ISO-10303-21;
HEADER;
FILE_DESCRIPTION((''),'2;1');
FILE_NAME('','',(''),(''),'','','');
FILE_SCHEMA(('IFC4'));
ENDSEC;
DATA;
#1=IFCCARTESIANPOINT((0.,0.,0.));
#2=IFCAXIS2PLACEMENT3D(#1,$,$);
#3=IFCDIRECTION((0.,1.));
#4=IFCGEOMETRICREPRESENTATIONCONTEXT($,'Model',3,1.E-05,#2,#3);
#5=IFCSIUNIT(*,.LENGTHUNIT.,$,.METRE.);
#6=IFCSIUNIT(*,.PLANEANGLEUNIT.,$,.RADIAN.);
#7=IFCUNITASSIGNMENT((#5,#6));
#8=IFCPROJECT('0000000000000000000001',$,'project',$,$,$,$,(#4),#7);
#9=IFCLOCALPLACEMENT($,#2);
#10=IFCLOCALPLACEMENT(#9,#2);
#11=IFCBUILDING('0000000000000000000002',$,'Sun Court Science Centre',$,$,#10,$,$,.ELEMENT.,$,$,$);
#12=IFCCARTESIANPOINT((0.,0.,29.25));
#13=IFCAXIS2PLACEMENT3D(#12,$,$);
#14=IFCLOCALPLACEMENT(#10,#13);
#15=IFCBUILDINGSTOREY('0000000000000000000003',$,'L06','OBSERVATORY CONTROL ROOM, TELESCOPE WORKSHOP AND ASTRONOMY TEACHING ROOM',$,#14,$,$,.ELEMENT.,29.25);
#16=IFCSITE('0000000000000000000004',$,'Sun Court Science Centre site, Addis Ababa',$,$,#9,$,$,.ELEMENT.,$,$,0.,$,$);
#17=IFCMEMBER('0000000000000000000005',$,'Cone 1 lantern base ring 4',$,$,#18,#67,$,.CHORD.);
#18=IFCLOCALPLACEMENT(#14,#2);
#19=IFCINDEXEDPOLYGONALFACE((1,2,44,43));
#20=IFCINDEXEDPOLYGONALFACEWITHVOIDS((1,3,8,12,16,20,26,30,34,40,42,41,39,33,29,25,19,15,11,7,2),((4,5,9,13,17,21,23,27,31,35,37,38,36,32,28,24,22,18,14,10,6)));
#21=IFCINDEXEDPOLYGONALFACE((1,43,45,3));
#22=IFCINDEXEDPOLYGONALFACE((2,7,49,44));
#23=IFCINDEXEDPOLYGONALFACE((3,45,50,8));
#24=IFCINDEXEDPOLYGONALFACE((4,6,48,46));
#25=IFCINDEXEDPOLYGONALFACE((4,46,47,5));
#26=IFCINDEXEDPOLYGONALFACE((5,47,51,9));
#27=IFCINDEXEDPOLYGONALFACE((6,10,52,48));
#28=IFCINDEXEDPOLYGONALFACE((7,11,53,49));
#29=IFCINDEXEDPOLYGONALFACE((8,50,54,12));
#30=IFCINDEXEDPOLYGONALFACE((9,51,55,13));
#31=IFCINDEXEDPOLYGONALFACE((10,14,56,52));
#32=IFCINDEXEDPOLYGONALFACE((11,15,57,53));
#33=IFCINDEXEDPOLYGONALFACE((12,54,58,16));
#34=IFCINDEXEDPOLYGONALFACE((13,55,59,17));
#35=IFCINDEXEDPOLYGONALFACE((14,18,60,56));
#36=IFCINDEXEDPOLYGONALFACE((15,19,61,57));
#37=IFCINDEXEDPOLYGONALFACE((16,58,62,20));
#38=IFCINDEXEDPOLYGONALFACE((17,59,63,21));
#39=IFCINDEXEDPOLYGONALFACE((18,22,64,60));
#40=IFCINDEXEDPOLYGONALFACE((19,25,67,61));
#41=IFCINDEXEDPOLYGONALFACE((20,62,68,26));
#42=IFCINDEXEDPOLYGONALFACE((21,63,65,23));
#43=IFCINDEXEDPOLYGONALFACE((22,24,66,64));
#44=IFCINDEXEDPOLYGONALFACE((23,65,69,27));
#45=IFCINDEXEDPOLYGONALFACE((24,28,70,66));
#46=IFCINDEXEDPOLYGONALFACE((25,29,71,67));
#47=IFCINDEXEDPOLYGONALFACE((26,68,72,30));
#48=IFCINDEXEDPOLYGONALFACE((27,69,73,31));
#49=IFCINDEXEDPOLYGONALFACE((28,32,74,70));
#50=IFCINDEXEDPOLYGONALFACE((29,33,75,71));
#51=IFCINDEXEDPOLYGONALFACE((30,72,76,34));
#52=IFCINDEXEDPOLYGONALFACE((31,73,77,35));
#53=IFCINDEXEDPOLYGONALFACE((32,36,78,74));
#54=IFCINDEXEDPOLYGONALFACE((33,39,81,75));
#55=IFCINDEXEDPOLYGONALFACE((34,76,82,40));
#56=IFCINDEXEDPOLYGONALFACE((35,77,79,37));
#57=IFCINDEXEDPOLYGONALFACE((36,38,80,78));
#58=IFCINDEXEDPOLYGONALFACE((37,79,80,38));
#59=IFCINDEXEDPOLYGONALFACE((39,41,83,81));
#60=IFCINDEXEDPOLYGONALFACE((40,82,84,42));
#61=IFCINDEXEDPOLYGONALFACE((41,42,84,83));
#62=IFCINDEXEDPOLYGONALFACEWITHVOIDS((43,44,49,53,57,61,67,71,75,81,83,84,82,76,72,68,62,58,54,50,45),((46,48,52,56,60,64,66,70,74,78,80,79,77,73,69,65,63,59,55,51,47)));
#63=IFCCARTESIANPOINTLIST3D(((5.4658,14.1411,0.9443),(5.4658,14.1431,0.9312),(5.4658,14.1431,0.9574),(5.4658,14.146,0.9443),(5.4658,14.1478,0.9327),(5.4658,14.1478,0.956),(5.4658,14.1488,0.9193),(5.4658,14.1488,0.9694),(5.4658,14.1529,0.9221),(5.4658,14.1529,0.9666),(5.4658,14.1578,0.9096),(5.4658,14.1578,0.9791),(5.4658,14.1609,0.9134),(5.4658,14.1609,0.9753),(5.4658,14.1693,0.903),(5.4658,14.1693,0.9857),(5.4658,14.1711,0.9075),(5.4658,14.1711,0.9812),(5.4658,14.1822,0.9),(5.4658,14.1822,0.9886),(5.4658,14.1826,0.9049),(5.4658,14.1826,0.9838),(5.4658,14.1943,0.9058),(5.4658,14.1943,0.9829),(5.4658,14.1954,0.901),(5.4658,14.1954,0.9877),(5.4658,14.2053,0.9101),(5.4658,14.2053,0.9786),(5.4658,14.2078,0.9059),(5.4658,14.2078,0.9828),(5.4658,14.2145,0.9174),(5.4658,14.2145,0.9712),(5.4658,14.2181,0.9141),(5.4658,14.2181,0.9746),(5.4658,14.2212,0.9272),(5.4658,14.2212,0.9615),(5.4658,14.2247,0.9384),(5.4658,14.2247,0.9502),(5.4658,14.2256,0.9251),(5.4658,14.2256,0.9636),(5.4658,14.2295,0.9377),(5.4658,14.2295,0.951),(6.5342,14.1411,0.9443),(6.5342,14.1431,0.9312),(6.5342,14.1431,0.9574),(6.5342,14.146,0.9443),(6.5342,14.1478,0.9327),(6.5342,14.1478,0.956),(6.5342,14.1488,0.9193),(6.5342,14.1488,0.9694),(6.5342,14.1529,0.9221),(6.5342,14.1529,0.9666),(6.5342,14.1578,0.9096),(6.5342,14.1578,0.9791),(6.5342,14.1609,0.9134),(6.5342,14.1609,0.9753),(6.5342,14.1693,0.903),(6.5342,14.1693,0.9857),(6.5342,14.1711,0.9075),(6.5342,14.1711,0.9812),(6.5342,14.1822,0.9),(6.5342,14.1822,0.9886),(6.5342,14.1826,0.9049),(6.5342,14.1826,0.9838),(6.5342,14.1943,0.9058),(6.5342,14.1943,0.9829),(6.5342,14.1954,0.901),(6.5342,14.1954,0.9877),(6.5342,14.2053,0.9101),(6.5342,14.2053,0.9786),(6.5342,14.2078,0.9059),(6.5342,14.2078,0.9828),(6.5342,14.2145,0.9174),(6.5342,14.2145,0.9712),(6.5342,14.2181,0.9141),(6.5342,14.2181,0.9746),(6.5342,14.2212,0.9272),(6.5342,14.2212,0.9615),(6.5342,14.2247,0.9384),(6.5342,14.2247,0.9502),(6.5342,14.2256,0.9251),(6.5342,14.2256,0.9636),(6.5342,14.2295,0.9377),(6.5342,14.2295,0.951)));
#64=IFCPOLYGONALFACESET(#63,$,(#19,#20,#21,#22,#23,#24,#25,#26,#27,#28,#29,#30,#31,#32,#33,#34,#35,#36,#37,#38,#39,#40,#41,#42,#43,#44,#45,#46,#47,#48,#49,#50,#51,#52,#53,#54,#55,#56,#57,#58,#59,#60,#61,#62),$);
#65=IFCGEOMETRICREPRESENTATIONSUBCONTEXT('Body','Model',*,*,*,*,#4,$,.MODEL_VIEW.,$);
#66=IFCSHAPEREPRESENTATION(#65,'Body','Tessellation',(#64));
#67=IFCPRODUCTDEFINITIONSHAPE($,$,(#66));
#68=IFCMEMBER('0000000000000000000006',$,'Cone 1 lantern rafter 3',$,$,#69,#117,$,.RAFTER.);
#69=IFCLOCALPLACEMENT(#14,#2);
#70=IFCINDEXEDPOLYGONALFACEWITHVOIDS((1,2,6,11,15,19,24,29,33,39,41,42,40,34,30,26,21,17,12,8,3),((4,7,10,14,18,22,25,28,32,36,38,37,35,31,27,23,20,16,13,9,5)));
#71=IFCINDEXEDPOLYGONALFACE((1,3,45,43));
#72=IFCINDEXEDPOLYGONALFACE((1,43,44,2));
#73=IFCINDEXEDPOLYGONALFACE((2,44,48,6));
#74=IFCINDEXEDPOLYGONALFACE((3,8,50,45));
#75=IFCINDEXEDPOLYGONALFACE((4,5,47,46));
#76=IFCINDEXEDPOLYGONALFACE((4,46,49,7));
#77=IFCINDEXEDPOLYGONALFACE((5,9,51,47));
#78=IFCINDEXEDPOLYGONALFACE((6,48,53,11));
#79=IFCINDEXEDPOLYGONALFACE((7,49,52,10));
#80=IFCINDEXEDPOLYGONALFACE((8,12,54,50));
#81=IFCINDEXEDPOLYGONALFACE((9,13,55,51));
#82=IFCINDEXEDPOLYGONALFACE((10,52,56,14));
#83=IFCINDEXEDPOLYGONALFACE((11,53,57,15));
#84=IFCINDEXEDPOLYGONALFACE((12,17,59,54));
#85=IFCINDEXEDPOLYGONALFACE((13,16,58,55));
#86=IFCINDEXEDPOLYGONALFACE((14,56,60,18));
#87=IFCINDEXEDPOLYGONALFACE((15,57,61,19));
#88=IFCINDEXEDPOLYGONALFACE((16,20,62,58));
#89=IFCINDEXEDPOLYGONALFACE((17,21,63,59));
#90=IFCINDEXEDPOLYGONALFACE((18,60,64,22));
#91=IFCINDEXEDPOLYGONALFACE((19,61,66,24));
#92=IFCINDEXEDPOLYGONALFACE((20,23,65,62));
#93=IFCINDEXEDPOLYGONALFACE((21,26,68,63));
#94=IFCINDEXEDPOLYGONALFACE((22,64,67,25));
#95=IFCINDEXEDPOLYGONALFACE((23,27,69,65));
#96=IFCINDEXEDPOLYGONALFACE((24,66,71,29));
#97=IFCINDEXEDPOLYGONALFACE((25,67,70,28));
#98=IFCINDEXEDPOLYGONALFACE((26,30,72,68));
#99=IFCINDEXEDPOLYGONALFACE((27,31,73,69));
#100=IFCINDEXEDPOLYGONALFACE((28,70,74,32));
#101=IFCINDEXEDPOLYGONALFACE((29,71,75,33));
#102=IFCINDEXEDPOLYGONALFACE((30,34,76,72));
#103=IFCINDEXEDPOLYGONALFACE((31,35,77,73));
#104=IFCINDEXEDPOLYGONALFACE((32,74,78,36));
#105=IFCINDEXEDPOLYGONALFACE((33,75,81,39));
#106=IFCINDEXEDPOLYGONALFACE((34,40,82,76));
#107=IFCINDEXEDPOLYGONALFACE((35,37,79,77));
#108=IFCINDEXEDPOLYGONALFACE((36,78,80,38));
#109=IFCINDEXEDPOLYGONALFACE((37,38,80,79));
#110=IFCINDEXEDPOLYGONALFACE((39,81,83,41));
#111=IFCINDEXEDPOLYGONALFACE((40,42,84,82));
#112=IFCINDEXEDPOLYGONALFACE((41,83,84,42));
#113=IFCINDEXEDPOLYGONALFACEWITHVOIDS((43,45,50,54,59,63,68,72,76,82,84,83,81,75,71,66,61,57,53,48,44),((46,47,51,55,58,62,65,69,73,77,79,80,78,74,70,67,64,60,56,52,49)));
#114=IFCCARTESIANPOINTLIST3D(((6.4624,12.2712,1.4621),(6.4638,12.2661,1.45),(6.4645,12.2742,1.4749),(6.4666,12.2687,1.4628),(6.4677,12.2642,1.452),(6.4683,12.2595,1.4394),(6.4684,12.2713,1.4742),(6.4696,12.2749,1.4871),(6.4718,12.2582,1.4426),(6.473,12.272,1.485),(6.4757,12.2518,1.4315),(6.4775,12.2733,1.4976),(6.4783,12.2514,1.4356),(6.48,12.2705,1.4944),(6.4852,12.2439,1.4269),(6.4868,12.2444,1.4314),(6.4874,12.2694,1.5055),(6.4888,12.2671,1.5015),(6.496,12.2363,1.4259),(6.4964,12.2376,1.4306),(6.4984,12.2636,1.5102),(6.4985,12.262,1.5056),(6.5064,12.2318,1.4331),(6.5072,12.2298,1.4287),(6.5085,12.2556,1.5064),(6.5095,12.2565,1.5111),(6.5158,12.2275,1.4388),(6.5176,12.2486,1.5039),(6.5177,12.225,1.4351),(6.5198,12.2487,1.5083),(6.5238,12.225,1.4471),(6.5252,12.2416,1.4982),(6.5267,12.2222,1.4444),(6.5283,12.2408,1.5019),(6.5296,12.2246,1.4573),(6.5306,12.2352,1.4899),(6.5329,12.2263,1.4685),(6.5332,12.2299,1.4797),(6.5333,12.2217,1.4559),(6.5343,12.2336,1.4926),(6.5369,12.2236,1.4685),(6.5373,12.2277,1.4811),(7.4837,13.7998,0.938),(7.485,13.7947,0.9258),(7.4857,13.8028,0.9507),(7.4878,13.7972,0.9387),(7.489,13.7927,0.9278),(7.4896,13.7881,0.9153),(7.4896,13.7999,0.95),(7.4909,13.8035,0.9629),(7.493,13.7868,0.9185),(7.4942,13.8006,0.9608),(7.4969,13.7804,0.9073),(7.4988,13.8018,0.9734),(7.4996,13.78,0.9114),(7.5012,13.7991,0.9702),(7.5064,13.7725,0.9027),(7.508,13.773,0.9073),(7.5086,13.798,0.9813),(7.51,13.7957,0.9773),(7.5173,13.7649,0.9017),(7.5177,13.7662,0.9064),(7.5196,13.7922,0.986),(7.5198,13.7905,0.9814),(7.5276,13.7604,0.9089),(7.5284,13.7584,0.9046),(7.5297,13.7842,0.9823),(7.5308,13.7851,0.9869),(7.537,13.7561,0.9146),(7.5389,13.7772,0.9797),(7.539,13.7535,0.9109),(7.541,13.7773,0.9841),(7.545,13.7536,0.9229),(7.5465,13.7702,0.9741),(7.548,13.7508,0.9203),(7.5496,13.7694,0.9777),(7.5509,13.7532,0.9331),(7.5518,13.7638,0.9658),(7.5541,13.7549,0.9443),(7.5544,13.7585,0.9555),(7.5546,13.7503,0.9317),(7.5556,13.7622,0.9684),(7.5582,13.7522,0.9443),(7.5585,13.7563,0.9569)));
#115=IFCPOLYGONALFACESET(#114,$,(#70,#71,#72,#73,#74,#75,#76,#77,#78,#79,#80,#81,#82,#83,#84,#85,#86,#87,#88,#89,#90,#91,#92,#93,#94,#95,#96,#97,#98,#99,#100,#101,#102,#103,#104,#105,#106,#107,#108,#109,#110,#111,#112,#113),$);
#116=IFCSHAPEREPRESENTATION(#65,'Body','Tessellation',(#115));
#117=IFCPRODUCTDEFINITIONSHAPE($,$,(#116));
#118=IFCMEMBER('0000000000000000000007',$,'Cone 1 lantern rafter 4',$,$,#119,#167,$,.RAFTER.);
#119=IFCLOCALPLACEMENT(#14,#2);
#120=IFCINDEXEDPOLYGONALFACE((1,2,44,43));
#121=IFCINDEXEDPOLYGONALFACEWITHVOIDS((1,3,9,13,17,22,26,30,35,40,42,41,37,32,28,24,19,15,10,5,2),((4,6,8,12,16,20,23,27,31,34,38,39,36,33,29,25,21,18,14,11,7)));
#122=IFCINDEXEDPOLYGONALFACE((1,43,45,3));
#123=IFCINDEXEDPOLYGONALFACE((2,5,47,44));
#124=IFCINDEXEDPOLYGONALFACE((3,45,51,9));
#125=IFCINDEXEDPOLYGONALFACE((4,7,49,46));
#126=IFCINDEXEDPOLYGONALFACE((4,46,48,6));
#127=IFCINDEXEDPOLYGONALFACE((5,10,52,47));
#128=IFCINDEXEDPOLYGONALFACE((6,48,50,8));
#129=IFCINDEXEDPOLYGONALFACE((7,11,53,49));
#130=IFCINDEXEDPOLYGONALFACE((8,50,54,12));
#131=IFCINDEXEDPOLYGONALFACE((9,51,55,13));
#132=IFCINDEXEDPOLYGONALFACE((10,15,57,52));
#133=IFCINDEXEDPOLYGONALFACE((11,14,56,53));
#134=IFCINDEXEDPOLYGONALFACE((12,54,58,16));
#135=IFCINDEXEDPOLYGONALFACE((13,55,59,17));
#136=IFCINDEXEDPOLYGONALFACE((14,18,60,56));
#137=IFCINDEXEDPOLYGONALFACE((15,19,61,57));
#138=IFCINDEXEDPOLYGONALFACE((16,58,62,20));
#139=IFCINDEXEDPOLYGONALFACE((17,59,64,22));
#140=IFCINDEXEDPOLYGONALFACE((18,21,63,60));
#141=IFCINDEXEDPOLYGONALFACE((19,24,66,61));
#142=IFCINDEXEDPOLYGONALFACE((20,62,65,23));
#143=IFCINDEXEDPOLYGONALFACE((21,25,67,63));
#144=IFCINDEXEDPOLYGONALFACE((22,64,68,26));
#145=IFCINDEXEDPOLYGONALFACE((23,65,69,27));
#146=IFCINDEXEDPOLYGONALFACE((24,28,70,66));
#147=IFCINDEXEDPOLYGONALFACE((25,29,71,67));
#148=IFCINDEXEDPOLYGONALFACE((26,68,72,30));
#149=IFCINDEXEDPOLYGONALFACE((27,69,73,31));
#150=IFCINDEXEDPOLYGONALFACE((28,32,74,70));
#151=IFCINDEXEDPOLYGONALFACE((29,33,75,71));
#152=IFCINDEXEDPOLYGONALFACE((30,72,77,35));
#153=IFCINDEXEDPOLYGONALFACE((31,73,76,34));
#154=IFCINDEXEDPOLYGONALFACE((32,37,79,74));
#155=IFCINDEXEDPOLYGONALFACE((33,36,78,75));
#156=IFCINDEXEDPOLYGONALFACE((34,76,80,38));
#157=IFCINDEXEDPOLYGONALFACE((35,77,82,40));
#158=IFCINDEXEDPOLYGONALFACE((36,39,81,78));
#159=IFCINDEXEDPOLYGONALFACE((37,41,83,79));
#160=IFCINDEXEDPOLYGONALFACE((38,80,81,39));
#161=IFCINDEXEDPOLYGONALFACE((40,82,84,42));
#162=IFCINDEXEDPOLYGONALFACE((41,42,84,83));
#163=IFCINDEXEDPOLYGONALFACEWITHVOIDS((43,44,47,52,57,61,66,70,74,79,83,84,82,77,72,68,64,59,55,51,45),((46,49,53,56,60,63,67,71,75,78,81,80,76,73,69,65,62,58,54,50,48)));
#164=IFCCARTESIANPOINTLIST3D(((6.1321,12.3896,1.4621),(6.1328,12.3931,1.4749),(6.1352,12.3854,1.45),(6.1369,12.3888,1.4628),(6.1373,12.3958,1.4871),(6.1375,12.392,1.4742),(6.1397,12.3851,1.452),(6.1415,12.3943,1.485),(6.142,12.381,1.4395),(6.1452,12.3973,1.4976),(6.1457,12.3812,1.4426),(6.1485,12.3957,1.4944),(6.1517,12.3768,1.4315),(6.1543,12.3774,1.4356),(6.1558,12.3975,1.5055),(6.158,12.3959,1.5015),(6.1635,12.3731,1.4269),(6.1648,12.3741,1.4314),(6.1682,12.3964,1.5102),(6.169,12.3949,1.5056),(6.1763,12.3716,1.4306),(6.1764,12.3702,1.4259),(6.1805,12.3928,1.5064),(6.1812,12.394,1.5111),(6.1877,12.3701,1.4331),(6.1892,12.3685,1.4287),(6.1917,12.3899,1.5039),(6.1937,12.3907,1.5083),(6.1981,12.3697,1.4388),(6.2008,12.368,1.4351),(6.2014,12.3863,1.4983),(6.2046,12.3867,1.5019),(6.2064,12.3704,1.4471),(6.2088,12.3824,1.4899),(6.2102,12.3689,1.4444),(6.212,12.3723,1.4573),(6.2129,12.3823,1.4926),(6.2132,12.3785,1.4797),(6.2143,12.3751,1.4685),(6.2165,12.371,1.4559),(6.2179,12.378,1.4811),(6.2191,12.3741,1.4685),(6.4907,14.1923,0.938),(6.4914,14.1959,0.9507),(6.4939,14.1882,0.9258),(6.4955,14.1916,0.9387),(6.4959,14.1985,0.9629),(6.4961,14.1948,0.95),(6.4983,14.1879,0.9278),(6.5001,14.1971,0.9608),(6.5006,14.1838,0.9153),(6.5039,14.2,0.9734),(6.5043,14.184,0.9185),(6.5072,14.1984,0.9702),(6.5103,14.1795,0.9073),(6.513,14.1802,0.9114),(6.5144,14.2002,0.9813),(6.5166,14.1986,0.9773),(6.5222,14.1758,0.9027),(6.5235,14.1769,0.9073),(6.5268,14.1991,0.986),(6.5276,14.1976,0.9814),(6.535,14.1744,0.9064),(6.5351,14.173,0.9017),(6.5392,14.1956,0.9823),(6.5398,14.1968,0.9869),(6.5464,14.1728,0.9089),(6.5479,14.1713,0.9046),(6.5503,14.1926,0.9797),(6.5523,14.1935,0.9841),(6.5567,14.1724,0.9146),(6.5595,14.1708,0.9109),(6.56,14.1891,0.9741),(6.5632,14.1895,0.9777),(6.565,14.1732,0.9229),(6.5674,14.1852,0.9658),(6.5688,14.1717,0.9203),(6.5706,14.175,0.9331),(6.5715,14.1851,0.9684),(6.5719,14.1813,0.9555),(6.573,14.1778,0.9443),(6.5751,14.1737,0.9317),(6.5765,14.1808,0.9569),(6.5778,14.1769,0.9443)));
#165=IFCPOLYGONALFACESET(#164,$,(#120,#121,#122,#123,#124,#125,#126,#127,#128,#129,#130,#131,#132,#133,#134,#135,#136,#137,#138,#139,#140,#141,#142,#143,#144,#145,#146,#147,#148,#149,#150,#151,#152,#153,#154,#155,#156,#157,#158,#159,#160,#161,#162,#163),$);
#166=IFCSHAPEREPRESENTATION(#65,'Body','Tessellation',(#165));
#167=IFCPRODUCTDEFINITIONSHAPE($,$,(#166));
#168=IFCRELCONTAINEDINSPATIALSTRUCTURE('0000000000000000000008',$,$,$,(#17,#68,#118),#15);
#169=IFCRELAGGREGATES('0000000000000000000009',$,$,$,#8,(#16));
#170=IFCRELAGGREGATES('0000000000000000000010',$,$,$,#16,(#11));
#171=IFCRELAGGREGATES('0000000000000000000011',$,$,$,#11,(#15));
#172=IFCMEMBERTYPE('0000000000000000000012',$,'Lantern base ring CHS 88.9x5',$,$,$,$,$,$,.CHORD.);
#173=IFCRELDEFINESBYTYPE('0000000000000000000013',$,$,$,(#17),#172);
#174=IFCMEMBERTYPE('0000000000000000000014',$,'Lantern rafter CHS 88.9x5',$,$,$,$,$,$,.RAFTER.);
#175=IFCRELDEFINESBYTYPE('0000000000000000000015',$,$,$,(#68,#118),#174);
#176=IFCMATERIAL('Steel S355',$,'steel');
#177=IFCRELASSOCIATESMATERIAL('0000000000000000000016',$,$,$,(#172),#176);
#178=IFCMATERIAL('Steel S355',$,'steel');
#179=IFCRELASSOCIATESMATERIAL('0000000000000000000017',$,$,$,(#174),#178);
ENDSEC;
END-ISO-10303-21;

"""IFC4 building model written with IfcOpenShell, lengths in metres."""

from ifc_helpers import new_model, si_unit, direction, frame, origin, origin_2d, place, context, subcontext, project, spatial, hollow_circle, extrude, material, material_profile, profile_set, type_object, element, save


model = new_model("IFC4")

# Units and contexts
model_context = context("Model", 3, precision=1e-05, world=origin(), true_north=direction((0.0, 1.0)))
body_context = subcontext(model_context, "Body", "Model", "MODEL_VIEW")
ifc_project = project(units=[si_unit("LENGTHUNIT", "METRE"), si_unit("PLANEANGLEUNIT", "RADIAN")], contexts=[model_context])

# Site, building, storey
site_placement = place(None, origin())
site = spatial("IfcSite", under=ifc_project, at=site_placement, Name="Sun Court Science Centre site, Addis Ababa", CompositionType="ELEMENT", RefElevation=0.0)
building_placement = place(site_placement, origin())
building = spatial("IfcBuilding", under=site, at=building_placement, Name="Sun Court Science Centre", CompositionType="ELEMENT")
storey_placement = place(building_placement, frame((0.0, 0.0, 29.25)))
storey = spatial("IfcBuildingStorey", under=building, at=storey_placement, Name="L06", Description="OBSERVATORY CONTROL ROOM, TELESCOPE WORKSHOP AND ASTRONOMY TEACHING ROOM", CompositionType="ELEMENT", Elevation=29.25)

# Members
ifc_material_1 = material(Name="Steel S355", Category="steel")
ifc_material_profile_1 = material_profile(ifc_material_1, hollow_circle(Radius=0.0444, WallThickness=0.0049, at=origin_2d()), Name="CHS 88.9x5")
ifc_profile_set_1 = profile_set([ifc_material_profile_1], Name="Steel S355")
member_type_1 = type_object("IfcMemberType", Name="Lantern base ring CHS 88.9x5", PredefinedType="CHORD", material=ifc_profile_set_1)
for number, where, z_axis, x_axis, name in (
    (1, (6.5342, 14.1855, 0.9443), (-1.0, 0.0, 0.0), (0.0, -1.0, 0.0), "Cone 1 lantern base ring 4"),
):
    element("IfcMember", number, at=place(storey_placement, frame(where, z_axis=z_axis, x_axis=x_axis)), inside=storey, type_object=member_type_1, Name=name, PredefinedType="CHORD", context=body_context, shape_type="SweptSolid", body=[
        extrude(hollow_circle(Radius=0.0444, WallThickness=0.0049, at=origin_2d()), origin(), (0.0, 0.0, 1.0), 1.0684),
    ])
ifc_material_2 = material(Name="Steel S355", Category="steel")
ifc_material_profile_2 = material_profile(ifc_material_2, hollow_circle(Radius=0.0444, WallThickness=0.0049, at=origin_2d()), Name="CHS 88.9x5")
ifc_profile_set_2 = profile_set([ifc_material_profile_2], Name="Steel S355")
member_type_2 = type_object("IfcMemberType", Name="Lantern rafter CHS 88.9x5", PredefinedType="RAFTER", material=ifc_profile_set_2)
member_1_placement = place(storey_placement, frame((7.5212, 13.7769, 0.9443), z_axis=(-0.534235, -0.799628, 0.274206), x_axis=(0.831498, -0.555527, 0.0)))
element("IfcMember", 2, at=member_1_placement, inside=storey, type_object=member_type_2, Name="Cone 1 lantern rafter 3", PredefinedType="RAFTER", context=body_context, shape_type="SweptSolid", body=[
    extrude(hollow_circle(Radius=0.0444, WallThickness=0.0049, at=origin_2d()), origin(), (0.0, 0.0, 1.0), 1.9116),
])
member_2_placement = place(storey_placement, frame((6.5342, 14.1855, 0.9443), z_axis=(-0.187639, -0.943177, 0.274242), x_axis=(0.980779, -0.19512, 0.0)))
element("IfcMember", 3, at=member_2_placement, inside=storey, type_object=member_type_2, Name="Cone 1 lantern rafter 4", PredefinedType="RAFTER", context=body_context, shape_type="SweptSolid", body=[
    extrude(hollow_circle(Radius=0.0444, WallThickness=0.0049, at=origin_2d()), origin(), (0.0, 0.0, 1.0), 1.9114),
])

save(model, "model.ifc")
